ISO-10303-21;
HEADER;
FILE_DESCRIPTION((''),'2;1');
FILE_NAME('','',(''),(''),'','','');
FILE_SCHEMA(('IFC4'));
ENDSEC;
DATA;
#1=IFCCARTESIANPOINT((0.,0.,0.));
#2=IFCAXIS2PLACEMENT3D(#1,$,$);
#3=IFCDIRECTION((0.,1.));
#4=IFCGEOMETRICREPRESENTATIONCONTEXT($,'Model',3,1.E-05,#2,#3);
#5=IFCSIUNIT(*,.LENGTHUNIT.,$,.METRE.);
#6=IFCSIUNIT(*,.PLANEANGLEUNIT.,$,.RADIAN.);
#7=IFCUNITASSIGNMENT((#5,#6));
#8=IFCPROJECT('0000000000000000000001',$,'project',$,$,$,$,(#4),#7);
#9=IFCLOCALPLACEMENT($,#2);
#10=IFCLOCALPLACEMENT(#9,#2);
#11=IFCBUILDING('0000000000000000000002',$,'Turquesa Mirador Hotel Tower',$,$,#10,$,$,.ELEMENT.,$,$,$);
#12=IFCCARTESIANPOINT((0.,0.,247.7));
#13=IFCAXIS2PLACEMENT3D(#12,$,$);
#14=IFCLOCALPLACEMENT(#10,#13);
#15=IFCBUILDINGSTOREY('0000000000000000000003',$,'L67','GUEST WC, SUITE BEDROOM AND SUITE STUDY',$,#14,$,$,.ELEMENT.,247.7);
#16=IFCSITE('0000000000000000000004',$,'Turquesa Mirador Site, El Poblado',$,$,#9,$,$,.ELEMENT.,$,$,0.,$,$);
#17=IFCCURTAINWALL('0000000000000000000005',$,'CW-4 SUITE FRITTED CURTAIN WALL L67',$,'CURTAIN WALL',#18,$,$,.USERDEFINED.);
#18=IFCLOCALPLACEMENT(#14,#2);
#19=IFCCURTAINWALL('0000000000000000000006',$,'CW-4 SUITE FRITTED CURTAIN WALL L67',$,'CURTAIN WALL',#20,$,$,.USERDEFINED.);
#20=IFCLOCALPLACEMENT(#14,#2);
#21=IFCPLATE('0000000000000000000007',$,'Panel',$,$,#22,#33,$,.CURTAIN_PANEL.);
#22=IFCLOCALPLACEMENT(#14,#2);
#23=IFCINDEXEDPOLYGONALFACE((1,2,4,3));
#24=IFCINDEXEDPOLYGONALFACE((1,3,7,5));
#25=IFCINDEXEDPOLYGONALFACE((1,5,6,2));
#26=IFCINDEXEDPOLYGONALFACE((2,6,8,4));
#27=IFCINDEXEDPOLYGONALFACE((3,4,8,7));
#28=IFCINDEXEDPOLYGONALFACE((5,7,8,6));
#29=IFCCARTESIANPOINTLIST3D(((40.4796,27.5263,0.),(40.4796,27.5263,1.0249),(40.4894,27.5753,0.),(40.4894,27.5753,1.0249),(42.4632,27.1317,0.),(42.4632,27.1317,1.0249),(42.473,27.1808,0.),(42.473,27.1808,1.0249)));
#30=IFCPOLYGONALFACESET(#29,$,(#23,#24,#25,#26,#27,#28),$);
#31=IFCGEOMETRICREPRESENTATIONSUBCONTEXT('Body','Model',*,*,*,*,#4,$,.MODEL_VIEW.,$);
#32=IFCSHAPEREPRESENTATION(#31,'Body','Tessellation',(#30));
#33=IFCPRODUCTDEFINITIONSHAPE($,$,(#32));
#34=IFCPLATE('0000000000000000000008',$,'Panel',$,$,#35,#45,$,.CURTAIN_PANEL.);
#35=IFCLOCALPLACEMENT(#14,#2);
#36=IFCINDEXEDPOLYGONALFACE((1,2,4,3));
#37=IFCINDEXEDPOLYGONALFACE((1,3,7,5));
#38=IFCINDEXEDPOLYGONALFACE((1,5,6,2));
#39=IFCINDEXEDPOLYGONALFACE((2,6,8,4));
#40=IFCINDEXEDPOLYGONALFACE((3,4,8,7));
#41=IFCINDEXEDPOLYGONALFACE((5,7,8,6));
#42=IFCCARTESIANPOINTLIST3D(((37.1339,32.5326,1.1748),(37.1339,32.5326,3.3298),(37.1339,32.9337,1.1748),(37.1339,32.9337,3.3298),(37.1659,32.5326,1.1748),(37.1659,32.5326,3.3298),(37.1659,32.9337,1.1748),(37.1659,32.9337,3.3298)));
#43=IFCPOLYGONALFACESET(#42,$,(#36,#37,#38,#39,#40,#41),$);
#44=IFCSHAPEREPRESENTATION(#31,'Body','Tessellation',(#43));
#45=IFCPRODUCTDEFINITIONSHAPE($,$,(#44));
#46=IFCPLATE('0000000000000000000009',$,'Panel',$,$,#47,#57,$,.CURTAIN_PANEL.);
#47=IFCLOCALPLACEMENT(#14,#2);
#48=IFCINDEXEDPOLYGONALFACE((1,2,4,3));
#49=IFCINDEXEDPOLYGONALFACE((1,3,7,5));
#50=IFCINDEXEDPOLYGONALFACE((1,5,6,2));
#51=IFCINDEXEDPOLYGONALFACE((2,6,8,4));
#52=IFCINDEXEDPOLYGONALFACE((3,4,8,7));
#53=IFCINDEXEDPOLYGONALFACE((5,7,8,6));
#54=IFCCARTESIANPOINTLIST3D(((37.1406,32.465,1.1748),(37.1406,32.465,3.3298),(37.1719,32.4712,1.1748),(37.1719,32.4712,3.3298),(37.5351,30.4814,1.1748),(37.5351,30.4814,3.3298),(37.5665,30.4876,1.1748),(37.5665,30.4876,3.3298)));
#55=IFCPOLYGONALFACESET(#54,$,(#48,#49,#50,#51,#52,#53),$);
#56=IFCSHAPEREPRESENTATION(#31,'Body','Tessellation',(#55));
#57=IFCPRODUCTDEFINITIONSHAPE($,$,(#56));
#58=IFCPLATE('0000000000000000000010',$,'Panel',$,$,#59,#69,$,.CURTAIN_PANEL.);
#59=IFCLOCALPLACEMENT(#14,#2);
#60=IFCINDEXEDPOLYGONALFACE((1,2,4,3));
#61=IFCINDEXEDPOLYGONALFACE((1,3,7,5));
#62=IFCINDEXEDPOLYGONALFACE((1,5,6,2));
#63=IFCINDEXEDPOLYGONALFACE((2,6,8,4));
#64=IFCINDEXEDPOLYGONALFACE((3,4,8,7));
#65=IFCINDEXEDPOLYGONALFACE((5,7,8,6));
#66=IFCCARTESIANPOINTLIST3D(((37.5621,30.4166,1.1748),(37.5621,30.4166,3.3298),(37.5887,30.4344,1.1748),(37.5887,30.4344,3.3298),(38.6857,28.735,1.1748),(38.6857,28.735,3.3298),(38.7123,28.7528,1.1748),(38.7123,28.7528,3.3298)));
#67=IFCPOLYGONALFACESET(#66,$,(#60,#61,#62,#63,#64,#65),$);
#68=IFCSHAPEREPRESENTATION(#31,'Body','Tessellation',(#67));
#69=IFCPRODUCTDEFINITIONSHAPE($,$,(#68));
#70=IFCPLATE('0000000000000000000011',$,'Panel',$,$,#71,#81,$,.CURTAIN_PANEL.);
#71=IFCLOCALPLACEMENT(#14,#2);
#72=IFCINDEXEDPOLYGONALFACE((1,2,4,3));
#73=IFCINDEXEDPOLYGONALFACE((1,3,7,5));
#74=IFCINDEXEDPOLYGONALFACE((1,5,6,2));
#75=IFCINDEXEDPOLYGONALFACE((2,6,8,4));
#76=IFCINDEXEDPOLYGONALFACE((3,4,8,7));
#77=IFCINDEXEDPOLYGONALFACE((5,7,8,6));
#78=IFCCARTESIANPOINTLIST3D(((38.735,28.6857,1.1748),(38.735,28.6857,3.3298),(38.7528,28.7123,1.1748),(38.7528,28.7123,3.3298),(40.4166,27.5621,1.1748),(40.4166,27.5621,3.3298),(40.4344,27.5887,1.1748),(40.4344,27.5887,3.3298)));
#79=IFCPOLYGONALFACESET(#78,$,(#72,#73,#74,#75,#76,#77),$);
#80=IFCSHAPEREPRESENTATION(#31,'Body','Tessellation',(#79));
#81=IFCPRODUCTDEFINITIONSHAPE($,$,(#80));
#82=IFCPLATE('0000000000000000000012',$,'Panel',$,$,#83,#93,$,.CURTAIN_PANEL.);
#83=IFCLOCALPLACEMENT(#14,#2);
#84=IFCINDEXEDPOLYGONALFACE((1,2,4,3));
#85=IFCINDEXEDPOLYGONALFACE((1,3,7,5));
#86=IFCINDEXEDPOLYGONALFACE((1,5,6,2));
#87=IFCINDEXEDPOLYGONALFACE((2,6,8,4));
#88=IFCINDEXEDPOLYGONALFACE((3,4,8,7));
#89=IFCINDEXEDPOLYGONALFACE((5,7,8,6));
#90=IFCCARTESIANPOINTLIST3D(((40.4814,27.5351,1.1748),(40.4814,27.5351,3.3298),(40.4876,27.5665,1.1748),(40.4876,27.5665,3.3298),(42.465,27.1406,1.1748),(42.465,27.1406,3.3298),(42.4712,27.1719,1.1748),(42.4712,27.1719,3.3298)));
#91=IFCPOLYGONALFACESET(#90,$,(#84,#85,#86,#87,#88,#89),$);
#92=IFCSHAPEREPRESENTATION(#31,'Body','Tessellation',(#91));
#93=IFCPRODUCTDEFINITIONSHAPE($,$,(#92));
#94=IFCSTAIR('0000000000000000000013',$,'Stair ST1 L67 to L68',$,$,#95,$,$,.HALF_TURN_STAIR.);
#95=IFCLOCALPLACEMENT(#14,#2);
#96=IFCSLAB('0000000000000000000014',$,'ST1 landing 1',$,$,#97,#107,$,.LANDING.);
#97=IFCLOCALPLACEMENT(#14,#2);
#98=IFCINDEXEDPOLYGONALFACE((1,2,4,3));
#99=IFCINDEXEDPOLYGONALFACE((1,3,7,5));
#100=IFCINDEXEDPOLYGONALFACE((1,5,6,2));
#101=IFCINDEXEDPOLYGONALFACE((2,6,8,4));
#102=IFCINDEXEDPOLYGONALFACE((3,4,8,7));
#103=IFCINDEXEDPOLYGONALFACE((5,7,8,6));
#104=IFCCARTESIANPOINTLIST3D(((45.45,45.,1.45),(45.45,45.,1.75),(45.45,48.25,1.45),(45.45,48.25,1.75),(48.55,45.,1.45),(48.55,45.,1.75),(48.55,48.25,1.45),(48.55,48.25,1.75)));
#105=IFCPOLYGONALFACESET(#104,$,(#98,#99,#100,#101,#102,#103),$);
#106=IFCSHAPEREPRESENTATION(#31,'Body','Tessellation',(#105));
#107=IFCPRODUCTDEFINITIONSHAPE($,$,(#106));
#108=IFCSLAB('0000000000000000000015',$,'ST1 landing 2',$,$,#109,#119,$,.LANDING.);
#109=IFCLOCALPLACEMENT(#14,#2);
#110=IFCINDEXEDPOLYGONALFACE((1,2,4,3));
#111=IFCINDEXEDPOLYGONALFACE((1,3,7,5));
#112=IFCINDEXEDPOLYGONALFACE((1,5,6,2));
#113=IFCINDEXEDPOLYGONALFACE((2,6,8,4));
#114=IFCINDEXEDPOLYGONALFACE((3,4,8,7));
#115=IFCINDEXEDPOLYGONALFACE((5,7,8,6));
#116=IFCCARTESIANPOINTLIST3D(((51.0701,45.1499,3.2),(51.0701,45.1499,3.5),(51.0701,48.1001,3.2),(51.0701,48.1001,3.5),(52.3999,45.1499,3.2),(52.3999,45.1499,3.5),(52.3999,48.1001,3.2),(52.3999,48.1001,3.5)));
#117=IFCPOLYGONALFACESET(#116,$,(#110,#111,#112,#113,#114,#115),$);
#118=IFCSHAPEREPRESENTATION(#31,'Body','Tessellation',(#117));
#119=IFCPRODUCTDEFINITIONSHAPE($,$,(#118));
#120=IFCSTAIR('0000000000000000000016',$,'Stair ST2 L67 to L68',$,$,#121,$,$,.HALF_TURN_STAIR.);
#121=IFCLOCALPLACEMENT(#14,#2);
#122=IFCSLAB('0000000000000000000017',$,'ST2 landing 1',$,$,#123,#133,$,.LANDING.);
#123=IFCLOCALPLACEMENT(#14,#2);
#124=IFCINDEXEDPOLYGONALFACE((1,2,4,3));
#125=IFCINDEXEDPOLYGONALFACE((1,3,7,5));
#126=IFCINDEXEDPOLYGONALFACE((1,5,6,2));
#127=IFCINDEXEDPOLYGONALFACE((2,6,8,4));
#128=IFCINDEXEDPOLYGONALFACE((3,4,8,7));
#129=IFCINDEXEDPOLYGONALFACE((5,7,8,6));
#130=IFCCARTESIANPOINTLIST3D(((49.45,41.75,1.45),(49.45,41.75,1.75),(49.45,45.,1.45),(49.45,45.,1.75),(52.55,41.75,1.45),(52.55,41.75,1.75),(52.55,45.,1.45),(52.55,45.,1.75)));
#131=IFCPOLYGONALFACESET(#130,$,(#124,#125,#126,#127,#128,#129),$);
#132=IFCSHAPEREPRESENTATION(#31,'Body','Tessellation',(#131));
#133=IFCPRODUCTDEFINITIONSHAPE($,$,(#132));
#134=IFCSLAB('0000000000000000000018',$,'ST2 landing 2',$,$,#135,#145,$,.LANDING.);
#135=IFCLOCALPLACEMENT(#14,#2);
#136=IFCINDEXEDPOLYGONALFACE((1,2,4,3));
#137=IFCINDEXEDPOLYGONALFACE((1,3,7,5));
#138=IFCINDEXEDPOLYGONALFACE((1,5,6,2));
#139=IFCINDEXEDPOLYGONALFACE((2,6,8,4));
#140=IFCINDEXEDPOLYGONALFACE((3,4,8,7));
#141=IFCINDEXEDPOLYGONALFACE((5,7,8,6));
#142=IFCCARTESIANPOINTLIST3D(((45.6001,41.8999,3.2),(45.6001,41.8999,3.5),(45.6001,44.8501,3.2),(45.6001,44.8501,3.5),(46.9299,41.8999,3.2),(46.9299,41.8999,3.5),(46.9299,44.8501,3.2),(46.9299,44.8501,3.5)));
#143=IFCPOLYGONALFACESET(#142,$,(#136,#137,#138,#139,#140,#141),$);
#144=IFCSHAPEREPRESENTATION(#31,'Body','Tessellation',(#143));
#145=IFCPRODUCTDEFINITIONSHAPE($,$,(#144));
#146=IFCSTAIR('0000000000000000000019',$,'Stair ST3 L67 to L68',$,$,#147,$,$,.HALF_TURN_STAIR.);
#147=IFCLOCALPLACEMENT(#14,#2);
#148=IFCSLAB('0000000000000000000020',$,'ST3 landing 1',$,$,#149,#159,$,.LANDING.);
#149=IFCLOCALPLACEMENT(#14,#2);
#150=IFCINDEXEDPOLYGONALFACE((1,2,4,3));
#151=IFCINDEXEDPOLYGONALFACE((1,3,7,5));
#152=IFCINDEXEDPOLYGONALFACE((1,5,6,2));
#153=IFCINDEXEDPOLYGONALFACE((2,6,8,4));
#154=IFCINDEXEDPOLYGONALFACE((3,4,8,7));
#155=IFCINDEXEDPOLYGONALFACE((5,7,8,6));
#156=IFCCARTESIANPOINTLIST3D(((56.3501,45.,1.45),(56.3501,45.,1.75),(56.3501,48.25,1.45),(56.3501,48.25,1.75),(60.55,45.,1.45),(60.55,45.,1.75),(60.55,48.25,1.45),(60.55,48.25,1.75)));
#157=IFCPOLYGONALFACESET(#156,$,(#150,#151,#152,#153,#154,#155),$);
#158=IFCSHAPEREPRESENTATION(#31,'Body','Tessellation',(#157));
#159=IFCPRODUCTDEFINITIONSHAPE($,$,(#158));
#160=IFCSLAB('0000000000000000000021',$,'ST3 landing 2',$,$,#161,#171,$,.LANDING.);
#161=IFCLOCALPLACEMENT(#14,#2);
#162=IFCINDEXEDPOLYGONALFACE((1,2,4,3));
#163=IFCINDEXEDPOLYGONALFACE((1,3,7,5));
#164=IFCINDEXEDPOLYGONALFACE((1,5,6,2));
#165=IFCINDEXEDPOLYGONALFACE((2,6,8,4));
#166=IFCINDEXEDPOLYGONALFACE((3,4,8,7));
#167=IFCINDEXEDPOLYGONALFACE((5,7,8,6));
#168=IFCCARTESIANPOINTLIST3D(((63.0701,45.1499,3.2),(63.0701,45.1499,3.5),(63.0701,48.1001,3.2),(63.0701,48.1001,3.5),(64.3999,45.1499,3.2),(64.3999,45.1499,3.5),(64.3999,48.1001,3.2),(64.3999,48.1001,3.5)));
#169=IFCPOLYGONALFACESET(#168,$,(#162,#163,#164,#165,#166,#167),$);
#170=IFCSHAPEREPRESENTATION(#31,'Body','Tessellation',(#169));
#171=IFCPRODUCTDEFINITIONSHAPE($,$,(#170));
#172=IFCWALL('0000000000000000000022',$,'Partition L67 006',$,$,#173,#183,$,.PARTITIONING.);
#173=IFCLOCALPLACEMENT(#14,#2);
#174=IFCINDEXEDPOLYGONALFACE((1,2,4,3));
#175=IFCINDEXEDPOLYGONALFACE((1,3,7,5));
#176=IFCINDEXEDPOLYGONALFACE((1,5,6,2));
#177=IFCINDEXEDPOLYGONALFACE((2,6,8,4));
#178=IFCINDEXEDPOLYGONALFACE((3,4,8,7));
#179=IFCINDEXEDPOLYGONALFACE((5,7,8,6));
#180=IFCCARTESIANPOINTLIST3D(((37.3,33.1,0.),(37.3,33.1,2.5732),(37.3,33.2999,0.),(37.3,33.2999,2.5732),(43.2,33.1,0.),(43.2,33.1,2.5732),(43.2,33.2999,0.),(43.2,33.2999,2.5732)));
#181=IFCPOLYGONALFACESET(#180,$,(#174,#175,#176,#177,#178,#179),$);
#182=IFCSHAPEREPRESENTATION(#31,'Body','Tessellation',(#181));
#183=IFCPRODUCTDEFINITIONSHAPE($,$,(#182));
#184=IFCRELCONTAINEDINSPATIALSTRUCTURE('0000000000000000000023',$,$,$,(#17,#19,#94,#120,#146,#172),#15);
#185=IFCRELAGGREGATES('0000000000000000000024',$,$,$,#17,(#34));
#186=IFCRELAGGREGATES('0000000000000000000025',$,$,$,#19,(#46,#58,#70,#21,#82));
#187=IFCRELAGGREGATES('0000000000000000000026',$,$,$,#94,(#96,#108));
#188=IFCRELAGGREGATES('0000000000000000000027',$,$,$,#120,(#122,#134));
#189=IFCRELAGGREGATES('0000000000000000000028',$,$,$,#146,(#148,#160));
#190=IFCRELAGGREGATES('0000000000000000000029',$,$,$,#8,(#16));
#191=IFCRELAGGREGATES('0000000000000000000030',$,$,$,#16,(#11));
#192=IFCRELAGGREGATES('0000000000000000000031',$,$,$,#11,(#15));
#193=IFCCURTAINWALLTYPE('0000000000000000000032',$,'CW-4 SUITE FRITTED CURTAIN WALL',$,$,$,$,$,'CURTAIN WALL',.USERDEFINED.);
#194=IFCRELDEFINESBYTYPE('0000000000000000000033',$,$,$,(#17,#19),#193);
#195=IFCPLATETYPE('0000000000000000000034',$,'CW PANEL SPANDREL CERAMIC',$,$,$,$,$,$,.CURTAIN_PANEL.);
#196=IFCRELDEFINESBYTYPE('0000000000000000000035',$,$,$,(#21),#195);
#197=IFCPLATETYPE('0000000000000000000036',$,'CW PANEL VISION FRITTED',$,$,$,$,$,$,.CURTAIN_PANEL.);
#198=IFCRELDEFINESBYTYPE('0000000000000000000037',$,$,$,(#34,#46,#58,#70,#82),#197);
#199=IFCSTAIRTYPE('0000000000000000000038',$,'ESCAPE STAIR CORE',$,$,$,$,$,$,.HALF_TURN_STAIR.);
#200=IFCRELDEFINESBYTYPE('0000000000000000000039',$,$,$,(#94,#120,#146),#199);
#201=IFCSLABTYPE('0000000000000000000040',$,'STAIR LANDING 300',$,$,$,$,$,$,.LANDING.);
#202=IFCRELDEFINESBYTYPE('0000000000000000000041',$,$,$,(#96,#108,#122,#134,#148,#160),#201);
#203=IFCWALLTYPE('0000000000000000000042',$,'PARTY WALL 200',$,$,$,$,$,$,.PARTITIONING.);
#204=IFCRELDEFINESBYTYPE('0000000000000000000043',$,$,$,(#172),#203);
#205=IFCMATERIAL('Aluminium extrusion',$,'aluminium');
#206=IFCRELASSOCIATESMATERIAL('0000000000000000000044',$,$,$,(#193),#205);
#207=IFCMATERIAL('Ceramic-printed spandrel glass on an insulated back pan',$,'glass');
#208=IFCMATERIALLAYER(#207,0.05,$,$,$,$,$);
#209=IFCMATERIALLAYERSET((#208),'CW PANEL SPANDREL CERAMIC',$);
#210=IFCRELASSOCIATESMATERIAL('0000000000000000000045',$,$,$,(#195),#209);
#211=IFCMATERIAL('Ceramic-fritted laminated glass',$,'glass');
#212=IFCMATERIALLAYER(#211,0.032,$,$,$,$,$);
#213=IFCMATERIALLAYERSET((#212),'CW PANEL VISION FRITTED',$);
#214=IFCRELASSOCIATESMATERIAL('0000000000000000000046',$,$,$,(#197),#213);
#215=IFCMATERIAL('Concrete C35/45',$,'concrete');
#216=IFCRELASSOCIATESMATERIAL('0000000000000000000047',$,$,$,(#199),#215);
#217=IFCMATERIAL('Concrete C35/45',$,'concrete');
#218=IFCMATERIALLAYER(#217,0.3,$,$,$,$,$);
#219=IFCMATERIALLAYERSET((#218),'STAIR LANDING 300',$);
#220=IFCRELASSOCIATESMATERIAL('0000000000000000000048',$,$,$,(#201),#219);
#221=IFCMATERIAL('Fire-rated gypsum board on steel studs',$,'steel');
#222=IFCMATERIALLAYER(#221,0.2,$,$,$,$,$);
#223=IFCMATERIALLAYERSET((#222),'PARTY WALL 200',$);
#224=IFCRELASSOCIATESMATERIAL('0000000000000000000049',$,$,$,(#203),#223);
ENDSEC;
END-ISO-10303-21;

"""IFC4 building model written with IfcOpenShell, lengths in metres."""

from ifc_helpers import new_model, si_unit, direction, frame, frame_2d, origin, origin_2d, place, context, subcontext, project, spatial, polyline, rectangle, outline, extrude, material, layer, layer_set, type_object, element, aggregate, save


model = new_model("IFC4")

# Units and contexts
model_context = context("Model", 3, precision=1e-05, world=origin(), true_north=direction((0.0, 1.0)))
body_context = subcontext(model_context, "Body", "Model", "MODEL_VIEW")
ifc_project = project(units=[si_unit("LENGTHUNIT", "METRE"), si_unit("PLANEANGLEUNIT", "RADIAN")], contexts=[model_context])

# Site, building, storey
site_placement = place(None, origin())
site = spatial("IfcSite", under=ifc_project, at=site_placement, Name="Turquesa Mirador Site, El Poblado", CompositionType="ELEMENT", RefElevation=0.0)
building_placement = place(site_placement, origin())
building = spatial("IfcBuilding", under=site, at=building_placement, Name="Turquesa Mirador Hotel Tower", CompositionType="ELEMENT")
storey_placement = place(building_placement, frame((0.0, 0.0, 247.7)))
storey = spatial("IfcBuildingStorey", under=building, at=storey_placement, Name="L67", Description="GUEST WC, SUITE BEDROOM AND SUITE STUDY", CompositionType="ELEMENT", Elevation=247.7)

# Curtain walls
ifc_material_1 = material(Name="Aluminium extrusion", Category="aluminium")
curtain_wall_type = type_object("IfcCurtainWallType", Name="CW-4 SUITE FRITTED CURTAIN WALL", ElementType="CURTAIN WALL", PredefinedType="USERDEFINED", material=ifc_material_1)
curtain_wall_1_placement = place(storey_placement, origin())
curtain_wall_1 = element("IfcCurtainWall", 1, at=curtain_wall_1_placement, inside=storey, type_object=curtain_wall_type, Name="CW-4 SUITE FRITTED CURTAIN WALL L67", ObjectType="CURTAIN WALL", PredefinedType="USERDEFINED")
curtain_wall_2_placement = place(storey_placement, origin())
curtain_wall_2 = element("IfcCurtainWall", 2, at=curtain_wall_2_placement, inside=storey, type_object=curtain_wall_type, Name="CW-4 SUITE FRITTED CURTAIN WALL L67", ObjectType="CURTAIN WALL", PredefinedType="USERDEFINED")

# Plates
ifc_material_2 = material(Name="Ceramic-printed spandrel glass on an insulated back pan", Category="glass")
ifc_layer_1 = layer(ifc_material_2, 0.05)
ifc_layer_set_1 = layer_set([ifc_layer_1], Name="CW PANEL SPANDREL CERAMIC")
plate_type_1 = type_object("IfcPlateType", Name="CW PANEL SPANDREL CERAMIC", PredefinedType="CURTAIN_PANEL", material=ifc_layer_set_1)
plate_1_placement = place(storey_placement, frame((41.4763, 27.3535, 0.0), z_axis=(0.0, 0.0, 1.0), x_axis=(0.980785, -0.195091, 0.0)))
plate_1 = element("IfcPlate", 3, at=plate_1_placement, type_object=plate_type_1, Name="Panel", PredefinedType="CURTAIN_PANEL", context=body_context, shape_type="SweptSolid", body=[
    extrude(rectangle(XDim=2.0225, YDim=0.05, at=origin_2d()), origin(), (0.0, 0.0, 1.0), 1.0249),
])
ifc_material_3 = material(Name="Ceramic-fritted laminated glass", Category="glass")
ifc_layer_2 = layer(ifc_material_3, 0.032)
ifc_layer_set_2 = layer_set([ifc_layer_2], Name="CW PANEL VISION FRITTED")
plate_type_2 = type_object("IfcPlateType", Name="CW PANEL VISION FRITTED", PredefinedType="CURTAIN_PANEL", material=ifc_layer_set_2)
plate_2_placement = place(storey_placement, frame((37.1499, 32.7332, 1.1748), z_axis=(0.0, 0.0, 1.0), x_axis=(0.0, -1.0, 0.0)))
plate_2 = element("IfcPlate", 4, at=plate_2_placement, type_object=plate_type_2, Name="Panel", PredefinedType="CURTAIN_PANEL", context=body_context, shape_type="SweptSolid", body=[
    extrude(rectangle(XDim=0.4011, YDim=0.032, at=origin_2d()), origin(), (0.0, 0.0, 1.0), 2.155),
])
aggregate(curtain_wall_1, [plate_2])
plate_3_placement = place(storey_placement, frame((37.3535, 31.4763, 1.1748), z_axis=(0.0, 0.0, 1.0), x_axis=(0.195091, -0.980785, 0.0)))
plate_3 = element("IfcPlate", 5, at=plate_3_placement, type_object=plate_type_2, Name="Panel", PredefinedType="CURTAIN_PANEL", context=body_context, shape_type="SweptSolid", body=[
    extrude(rectangle(XDim=2.0225, YDim=0.032, at=origin_2d()), origin(), (0.0, 0.0, 1.0), 2.155),
])
plate_4_placement = place(storey_placement, frame((38.1372, 29.5847, 1.1748), z_axis=(0.0, 0.0, 1.0), x_axis=(0.55557, -0.83147, 0.0)))
plate_4 = element("IfcPlate", 6, at=plate_4_placement, type_object=plate_type_2, Name="Panel", PredefinedType="CURTAIN_PANEL", context=body_context, shape_type="SweptSolid", body=[
    extrude(rectangle(XDim=2.0225, YDim=0.032, at=origin_2d()), origin(), (0.0, 0.0, 1.0), 2.155),
])
plate_5_placement = place(storey_placement, frame((39.5847, 28.1372, 1.1748), z_axis=(0.0, 0.0, 1.0), x_axis=(0.83147, -0.55557, 0.0)))
plate_5 = element("IfcPlate", 7, at=plate_5_placement, type_object=plate_type_2, Name="Panel", PredefinedType="CURTAIN_PANEL", context=body_context, shape_type="SweptSolid", body=[
    extrude(rectangle(XDim=2.0225, YDim=0.032, at=origin_2d()), origin(), (0.0, 0.0, 1.0), 2.155),
])
plate_6_placement = place(storey_placement, frame((41.4763, 27.3535, 1.1748), z_axis=(0.0, 0.0, 1.0), x_axis=(0.980785, -0.195091, 0.0)))
plate_6 = element("IfcPlate", 8, at=plate_6_placement, type_object=plate_type_2, Name="Panel", PredefinedType="CURTAIN_PANEL", context=body_context, shape_type="SweptSolid", body=[
    extrude(rectangle(XDim=2.0225, YDim=0.032, at=origin_2d()), origin(), (0.0, 0.0, 1.0), 2.155),
])
aggregate(curtain_wall_2, [plate_3, plate_4, plate_5, plate_1, plate_6])

# Stairs, slabs
ifc_material_4 = material(Name="Concrete C35/45", Category="concrete")
stair_type = type_object("IfcStairType", Name="ESCAPE STAIR CORE", PredefinedType="HALF_TURN_STAIR", material=ifc_material_4)
stair_1_placement = place(storey_placement, origin())
stair_1 = element("IfcStair", 9, at=stair_1_placement, inside=storey, type_object=stair_type, Name="Stair ST1 L67 to L68", PredefinedType="HALF_TURN_STAIR")
ifc_material_5 = material(Name="Concrete C35/45", Category="concrete")
ifc_layer_3 = layer(ifc_material_5, 0.3)
ifc_layer_set_3 = layer_set([ifc_layer_3], Name="STAIR LANDING 300")
slab_type_1 = type_object("IfcSlabType", Name="STAIR LANDING 300", PredefinedType="LANDING", material=ifc_layer_set_3)
slab_1_placement = place(storey_placement, frame((0.0, 0.0, 1.45)))
slab_1 = element("IfcSlab", 10, at=slab_1_placement, type_object=slab_type_1, Name="ST1 landing 1", PredefinedType="LANDING", context=body_context, shape_type="SweptSolid", body=[
    extrude(outline(polyline([(45.45, 45.0), (48.55, 45.0), (48.55, 48.25), (45.45, 48.25), (45.45, 45.0)])), origin(), (0.0, 0.0, 1.0), 0.3),
])
slab_2_placement = place(storey_placement, frame((0.0, 0.0, 3.2)))
slab_2 = element("IfcSlab", 11, at=slab_2_placement, type_object=slab_type_1, Name="ST1 landing 2", PredefinedType="LANDING", context=body_context, shape_type="SweptSolid", body=[
    extrude(outline(polyline([(51.0701, 45.1499), (52.3999, 45.1499), (52.3999, 48.1001), (51.0701, 48.1001), (51.0701, 45.1499)])), origin(), (0.0, 0.0, 1.0), 0.3),
])
aggregate(stair_1, [slab_1, slab_2])
stair_2_placement = place(storey_placement, origin())
stair_2 = element("IfcStair", 12, at=stair_2_placement, inside=storey, type_object=stair_type, Name="Stair ST2 L67 to L68", PredefinedType="HALF_TURN_STAIR")
slab_3_placement = place(storey_placement, frame((0.0, 0.0, 1.45)))
slab_3 = element("IfcSlab", 13, at=slab_3_placement, type_object=slab_type_1, Name="ST2 landing 1", PredefinedType="LANDING", context=body_context, shape_type="SweptSolid", body=[
    extrude(outline(polyline([(52.55, 45.0), (49.45, 45.0), (49.45, 41.75), (52.55, 41.75), (52.55, 45.0)])), origin(), (0.0, 0.0, 1.0), 0.3),
])
slab_4_placement = place(storey_placement, frame((0.0, 0.0, 3.2)))
slab_4 = element("IfcSlab", 14, at=slab_4_placement, type_object=slab_type_1, Name="ST2 landing 2", PredefinedType="LANDING", context=body_context, shape_type="SweptSolid", body=[
    extrude(outline(polyline([(46.9299, 44.8501), (45.6001, 44.8501), (45.6001, 41.8999), (46.9299, 41.8999), (46.9299, 44.8501)])), origin(), (0.0, 0.0, 1.0), 0.3),
])
aggregate(stair_2, [slab_3, slab_4])
stair_3_placement = place(storey_placement, origin())
stair_3 = element("IfcStair", 15, at=stair_3_placement, inside=storey, type_object=stair_type, Name="Stair ST3 L67 to L68", PredefinedType="HALF_TURN_STAIR")
slab_5_placement = place(storey_placement, frame((0.0, 0.0, 1.45)))
slab_5 = element("IfcSlab", 16, at=slab_5_placement, type_object=slab_type_1, Name="ST3 landing 1", PredefinedType="LANDING", context=body_context, shape_type="SweptSolid", body=[
    extrude(outline(polyline([(56.3501, 45.0), (60.55, 45.0), (60.55, 48.25), (56.3501, 48.25), (56.3501, 45.0)])), origin(), (0.0, 0.0, 1.0), 0.3),
])
slab_6_placement = place(storey_placement, frame((0.0, 0.0, 3.2)))
slab_6 = element("IfcSlab", 17, at=slab_6_placement, type_object=slab_type_1, Name="ST3 landing 2", PredefinedType="LANDING", context=body_context, shape_type="SweptSolid", body=[
    extrude(outline(polyline([(63.0701, 45.1499), (64.3999, 45.1499), (64.3999, 48.1001), (63.0701, 48.1001), (63.0701, 45.1499)])), origin(), (0.0, 0.0, 1.0), 0.3),
])
aggregate(stair_3, [slab_5, slab_6])

# Wall
ifc_material_6 = material(Name="Fire-rated gypsum board on steel studs", Category="steel")
ifc_layer_4 = layer(ifc_material_6, 0.2)
ifc_layer_set_4 = layer_set([ifc_layer_4], Name="PARTY WALL 200")
wall_type = type_object("IfcWallType", Name="PARTY WALL 200", PredefinedType="PARTITIONING", material=ifc_layer_set_4)
wall_placement = place(storey_placement, frame((37.3, 33.2, 0.0), z_axis=(0.0, 0.0, 1.0), x_axis=(1.0, 0.0, 0.0)))
element("IfcWall", 18, at=wall_placement, inside=storey, type_object=wall_type, Name="Partition L67 006", PredefinedType="PARTITIONING", context=body_context, shape_type="SweptSolid", body=[
    extrude(rectangle(XDim=5.8999, YDim=0.2, at=frame_2d((2.95, 0.0))), origin(), (0.0, 0.0, 1.0), 2.5732),
])

save(model, "model.ifc")
